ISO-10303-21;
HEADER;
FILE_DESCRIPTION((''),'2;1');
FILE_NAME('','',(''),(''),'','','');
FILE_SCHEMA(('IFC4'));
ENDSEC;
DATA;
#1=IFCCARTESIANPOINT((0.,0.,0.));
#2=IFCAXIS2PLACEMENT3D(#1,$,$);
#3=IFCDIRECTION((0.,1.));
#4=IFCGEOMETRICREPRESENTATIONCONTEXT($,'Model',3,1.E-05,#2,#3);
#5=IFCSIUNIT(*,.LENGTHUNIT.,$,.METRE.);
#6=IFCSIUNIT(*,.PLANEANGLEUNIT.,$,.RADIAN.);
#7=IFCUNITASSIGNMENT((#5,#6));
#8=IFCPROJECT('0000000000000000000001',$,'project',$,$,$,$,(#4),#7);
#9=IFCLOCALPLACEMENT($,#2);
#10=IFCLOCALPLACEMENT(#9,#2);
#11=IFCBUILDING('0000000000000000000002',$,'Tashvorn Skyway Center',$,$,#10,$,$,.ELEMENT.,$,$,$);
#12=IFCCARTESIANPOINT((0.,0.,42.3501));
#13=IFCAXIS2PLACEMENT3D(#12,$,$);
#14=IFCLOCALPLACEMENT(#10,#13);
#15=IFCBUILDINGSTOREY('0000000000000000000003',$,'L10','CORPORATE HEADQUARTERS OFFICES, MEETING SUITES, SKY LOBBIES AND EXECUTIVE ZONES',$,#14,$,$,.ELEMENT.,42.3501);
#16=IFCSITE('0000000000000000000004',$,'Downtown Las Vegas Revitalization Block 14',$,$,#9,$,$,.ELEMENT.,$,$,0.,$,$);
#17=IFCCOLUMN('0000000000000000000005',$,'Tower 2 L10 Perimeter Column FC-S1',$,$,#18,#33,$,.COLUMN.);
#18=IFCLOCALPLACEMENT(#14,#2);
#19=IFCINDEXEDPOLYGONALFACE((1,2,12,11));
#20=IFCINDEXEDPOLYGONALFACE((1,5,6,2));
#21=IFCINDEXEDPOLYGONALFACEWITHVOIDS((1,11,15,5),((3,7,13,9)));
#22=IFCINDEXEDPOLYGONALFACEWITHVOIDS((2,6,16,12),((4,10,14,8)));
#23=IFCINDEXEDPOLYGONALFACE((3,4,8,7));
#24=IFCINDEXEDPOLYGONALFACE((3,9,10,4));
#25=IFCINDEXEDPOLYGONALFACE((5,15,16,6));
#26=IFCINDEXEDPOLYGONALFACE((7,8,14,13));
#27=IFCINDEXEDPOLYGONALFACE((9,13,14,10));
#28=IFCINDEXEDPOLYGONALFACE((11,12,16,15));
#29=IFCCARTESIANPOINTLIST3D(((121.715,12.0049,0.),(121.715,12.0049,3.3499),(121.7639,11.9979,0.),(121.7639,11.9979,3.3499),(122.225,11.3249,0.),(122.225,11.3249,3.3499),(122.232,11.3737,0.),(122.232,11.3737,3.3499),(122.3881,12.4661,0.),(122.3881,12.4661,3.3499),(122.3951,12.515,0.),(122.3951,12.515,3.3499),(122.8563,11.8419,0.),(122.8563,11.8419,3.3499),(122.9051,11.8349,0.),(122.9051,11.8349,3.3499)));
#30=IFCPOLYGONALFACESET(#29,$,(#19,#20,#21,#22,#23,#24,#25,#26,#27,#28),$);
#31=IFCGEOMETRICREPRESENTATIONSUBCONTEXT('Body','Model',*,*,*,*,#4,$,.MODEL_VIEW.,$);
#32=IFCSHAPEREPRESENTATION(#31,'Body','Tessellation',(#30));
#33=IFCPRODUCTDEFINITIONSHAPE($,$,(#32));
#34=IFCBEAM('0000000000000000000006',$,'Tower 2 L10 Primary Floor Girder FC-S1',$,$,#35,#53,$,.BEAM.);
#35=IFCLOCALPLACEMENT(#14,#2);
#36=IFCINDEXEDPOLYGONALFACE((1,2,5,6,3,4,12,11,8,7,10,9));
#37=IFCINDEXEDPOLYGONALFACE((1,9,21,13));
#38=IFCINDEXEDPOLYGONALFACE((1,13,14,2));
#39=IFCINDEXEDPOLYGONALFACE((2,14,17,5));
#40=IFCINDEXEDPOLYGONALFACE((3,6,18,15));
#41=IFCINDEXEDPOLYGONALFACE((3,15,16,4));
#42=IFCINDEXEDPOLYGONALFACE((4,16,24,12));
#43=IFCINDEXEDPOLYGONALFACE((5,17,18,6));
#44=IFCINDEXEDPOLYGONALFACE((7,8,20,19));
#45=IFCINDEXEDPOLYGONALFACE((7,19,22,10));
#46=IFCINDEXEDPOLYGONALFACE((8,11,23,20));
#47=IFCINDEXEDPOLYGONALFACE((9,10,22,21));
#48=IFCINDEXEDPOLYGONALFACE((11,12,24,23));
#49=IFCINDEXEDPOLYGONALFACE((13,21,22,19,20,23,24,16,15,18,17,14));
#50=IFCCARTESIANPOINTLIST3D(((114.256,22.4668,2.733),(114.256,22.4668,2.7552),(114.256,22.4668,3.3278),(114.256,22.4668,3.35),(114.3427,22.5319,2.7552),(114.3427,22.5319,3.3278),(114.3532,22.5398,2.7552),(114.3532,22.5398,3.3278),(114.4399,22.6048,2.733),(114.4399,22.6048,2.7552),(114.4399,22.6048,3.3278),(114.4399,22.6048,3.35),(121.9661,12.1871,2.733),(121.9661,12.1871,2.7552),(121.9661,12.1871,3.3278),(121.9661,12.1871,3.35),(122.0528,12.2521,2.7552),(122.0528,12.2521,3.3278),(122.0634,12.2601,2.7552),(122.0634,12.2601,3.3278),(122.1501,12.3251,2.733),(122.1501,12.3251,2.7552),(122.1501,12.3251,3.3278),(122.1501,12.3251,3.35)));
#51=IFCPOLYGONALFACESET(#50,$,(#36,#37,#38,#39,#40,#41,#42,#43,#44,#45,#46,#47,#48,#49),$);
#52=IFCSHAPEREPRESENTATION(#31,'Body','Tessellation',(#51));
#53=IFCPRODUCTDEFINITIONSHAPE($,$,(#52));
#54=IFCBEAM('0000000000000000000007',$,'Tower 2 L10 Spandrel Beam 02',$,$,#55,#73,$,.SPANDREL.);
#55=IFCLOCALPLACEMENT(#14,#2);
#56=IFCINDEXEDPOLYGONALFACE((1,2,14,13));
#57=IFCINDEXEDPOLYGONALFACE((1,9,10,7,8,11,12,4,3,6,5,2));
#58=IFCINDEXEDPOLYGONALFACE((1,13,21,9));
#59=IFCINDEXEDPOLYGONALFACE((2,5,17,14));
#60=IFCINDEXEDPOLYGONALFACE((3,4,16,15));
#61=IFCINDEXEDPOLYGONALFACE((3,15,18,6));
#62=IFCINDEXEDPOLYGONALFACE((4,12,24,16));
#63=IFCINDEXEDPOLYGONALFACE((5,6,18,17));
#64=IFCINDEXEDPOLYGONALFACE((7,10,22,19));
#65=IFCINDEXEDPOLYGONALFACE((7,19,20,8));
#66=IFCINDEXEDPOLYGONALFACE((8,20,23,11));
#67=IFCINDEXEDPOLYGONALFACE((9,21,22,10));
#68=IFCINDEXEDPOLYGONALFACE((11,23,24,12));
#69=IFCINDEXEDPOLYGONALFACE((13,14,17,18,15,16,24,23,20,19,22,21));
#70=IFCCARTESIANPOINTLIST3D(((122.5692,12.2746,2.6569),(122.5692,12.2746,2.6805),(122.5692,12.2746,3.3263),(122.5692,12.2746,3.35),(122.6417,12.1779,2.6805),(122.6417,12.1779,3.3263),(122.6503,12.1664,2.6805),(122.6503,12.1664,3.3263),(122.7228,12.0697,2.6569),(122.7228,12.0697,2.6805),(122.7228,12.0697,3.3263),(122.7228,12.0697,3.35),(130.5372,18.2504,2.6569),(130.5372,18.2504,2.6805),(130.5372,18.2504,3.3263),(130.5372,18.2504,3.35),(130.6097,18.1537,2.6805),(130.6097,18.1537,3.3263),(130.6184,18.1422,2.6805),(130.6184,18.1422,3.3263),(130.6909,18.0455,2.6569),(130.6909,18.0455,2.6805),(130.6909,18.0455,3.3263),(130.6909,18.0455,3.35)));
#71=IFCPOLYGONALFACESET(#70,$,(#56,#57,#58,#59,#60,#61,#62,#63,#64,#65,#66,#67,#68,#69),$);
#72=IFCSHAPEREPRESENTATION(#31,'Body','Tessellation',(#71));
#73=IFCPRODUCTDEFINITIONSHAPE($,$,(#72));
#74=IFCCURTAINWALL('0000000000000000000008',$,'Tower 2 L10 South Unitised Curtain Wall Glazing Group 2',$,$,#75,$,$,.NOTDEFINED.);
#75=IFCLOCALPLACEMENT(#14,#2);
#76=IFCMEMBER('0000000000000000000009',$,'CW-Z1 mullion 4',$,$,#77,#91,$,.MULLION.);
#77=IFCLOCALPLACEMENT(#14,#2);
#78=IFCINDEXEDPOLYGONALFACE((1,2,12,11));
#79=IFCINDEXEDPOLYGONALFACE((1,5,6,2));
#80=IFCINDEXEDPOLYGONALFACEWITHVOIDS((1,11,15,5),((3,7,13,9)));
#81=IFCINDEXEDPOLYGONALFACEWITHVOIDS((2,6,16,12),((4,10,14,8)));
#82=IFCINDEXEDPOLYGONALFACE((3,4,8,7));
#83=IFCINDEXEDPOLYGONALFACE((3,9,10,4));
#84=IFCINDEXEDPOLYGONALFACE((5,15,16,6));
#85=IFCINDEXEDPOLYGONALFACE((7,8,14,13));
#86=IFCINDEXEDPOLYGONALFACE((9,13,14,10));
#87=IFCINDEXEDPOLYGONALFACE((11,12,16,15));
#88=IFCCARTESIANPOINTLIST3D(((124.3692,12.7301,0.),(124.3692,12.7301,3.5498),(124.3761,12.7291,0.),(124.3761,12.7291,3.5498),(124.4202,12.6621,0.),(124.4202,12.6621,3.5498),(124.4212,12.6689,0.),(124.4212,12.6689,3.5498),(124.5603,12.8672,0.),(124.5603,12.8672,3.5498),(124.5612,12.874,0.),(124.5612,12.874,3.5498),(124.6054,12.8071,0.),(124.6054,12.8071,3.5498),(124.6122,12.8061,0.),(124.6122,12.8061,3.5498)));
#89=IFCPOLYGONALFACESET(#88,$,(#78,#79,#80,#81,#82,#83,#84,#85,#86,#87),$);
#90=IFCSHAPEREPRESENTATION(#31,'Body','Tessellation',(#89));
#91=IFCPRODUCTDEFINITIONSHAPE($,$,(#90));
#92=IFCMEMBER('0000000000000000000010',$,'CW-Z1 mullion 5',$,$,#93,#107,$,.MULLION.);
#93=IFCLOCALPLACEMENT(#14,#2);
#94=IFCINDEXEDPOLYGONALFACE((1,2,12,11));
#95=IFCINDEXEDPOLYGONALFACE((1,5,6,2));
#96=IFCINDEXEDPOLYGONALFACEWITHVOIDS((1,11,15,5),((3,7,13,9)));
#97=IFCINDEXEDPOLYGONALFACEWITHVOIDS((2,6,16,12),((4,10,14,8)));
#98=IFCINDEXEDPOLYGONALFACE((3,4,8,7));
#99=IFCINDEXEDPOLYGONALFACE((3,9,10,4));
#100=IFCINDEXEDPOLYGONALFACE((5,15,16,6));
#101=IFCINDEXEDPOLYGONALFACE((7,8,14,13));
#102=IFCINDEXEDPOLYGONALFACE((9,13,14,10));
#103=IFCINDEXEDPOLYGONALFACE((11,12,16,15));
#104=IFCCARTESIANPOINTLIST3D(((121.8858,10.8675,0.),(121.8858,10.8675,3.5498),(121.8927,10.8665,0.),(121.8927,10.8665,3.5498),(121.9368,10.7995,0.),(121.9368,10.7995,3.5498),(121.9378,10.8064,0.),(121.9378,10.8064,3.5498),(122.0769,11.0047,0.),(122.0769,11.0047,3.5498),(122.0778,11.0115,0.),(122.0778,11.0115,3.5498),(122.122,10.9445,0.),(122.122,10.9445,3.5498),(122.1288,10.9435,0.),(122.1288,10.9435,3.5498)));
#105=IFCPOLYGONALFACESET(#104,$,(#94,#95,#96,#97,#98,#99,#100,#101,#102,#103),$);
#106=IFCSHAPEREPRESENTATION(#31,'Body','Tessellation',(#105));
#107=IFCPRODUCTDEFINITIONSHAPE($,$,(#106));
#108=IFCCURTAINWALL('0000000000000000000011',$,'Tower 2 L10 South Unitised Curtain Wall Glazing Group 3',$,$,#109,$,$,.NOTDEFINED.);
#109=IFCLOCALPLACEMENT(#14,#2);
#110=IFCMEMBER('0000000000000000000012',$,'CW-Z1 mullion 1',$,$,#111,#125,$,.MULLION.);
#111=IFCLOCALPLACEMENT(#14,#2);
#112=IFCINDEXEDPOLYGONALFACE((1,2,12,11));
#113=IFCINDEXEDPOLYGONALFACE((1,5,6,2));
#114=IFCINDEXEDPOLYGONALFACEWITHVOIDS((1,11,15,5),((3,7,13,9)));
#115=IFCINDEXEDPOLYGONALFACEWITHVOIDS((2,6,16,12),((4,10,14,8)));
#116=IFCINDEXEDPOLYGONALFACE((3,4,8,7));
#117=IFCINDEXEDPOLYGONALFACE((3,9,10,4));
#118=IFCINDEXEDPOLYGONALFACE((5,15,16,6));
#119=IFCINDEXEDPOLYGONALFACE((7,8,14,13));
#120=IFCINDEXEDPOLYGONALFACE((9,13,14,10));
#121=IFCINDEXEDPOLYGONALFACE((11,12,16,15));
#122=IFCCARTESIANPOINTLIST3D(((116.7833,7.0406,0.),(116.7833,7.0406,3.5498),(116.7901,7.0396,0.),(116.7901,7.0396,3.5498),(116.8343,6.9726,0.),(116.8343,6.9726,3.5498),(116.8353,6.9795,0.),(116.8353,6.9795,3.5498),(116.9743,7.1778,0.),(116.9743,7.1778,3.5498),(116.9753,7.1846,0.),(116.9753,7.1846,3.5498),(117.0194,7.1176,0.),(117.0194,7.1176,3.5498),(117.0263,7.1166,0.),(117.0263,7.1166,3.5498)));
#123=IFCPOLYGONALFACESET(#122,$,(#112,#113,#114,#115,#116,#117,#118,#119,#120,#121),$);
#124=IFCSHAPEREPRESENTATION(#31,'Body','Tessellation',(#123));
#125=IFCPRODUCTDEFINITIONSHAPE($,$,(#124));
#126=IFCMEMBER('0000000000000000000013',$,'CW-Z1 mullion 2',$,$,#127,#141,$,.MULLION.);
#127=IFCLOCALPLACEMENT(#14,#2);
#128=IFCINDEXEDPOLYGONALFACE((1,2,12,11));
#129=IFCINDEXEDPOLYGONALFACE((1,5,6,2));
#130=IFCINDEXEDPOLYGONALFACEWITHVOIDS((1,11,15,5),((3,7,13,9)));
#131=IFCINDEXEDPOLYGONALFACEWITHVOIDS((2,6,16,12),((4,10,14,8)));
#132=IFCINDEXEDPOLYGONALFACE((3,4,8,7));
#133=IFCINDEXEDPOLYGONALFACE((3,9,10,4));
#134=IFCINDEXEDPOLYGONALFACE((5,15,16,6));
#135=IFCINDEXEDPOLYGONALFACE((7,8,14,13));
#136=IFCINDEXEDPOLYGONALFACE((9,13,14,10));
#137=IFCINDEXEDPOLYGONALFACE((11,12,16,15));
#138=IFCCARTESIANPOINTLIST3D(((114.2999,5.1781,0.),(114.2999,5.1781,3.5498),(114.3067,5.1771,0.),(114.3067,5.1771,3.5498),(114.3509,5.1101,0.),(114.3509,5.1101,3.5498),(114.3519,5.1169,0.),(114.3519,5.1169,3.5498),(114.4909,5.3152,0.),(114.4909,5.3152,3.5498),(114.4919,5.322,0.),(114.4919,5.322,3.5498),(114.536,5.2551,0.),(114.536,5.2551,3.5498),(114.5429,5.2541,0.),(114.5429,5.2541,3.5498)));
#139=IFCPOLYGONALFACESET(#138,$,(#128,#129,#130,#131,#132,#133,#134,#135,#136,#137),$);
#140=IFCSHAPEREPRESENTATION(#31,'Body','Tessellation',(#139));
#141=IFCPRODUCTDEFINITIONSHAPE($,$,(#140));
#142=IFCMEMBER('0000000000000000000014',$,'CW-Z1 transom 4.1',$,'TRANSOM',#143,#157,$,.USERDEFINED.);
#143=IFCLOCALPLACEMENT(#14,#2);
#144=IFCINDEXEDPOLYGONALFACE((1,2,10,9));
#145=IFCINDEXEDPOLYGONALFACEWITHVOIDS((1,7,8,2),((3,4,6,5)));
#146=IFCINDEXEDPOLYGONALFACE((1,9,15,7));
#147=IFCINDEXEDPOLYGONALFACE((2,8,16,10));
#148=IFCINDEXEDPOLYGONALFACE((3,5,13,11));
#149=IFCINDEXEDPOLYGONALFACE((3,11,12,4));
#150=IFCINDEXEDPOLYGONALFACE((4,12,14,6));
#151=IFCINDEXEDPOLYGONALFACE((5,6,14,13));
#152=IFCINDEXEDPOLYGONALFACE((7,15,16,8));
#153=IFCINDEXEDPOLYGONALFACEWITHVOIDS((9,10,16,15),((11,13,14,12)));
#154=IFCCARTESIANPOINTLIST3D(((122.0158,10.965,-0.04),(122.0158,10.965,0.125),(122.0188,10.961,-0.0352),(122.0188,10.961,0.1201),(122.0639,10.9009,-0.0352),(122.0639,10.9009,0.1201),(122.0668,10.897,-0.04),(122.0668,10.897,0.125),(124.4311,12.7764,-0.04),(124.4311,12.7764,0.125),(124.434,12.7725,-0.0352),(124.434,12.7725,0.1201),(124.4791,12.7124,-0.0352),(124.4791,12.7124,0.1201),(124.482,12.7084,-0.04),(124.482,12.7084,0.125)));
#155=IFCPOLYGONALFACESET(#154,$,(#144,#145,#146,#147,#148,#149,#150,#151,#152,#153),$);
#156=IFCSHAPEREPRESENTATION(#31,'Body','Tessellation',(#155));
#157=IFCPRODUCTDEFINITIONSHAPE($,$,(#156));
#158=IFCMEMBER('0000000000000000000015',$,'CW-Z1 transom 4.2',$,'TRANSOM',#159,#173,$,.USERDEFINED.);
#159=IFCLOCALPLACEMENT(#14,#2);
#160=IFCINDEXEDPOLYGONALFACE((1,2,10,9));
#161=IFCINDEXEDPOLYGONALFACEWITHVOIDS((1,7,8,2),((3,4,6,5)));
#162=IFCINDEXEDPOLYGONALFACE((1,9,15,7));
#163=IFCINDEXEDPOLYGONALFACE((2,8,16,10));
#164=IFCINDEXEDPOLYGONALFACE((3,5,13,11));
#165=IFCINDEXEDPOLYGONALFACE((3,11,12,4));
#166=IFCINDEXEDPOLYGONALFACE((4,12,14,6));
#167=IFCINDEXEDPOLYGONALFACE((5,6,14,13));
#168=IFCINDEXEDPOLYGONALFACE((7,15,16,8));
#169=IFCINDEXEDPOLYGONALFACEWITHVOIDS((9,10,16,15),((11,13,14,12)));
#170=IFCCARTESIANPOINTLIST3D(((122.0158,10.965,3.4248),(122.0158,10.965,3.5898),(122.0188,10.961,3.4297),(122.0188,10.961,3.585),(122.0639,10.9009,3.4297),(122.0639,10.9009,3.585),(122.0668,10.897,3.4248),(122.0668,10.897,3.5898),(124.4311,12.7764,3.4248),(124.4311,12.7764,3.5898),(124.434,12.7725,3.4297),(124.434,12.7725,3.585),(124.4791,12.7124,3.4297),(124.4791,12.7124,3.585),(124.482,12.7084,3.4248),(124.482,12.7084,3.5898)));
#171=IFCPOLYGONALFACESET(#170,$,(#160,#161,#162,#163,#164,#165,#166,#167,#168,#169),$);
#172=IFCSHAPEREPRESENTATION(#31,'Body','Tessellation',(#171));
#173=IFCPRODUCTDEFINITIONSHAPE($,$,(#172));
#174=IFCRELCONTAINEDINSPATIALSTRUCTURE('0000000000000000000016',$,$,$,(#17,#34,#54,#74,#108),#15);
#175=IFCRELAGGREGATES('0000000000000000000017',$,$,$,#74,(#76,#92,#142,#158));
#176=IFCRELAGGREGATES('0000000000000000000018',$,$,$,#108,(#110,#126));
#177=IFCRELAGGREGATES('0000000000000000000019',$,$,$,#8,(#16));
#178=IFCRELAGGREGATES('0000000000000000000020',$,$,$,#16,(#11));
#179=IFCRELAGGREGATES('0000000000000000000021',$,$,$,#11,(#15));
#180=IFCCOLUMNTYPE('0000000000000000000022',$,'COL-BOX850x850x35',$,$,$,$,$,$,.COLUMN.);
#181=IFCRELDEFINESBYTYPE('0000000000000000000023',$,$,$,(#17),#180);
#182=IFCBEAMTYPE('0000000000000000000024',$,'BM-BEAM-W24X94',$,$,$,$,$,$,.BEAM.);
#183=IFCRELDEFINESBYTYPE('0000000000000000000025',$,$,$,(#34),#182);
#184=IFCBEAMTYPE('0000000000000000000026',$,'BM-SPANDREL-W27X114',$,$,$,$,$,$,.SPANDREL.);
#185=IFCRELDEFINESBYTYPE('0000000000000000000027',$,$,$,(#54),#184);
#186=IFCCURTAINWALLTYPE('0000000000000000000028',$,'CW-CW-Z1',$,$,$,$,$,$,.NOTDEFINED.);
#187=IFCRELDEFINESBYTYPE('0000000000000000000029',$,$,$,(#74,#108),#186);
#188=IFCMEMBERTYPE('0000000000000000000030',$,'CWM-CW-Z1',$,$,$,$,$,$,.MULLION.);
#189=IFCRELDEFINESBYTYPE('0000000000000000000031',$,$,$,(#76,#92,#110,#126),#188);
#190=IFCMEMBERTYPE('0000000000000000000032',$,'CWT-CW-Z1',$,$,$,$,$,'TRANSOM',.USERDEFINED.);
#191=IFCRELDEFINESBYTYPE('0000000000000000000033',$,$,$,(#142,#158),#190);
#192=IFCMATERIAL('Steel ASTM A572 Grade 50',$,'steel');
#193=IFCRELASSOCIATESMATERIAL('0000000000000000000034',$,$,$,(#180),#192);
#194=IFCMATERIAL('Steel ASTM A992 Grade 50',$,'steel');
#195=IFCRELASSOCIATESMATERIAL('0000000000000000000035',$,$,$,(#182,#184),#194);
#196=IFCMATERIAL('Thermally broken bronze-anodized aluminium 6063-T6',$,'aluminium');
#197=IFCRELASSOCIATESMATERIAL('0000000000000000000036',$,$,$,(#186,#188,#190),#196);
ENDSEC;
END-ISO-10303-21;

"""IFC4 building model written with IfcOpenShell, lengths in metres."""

from ifc_helpers import new_model, si_unit, direction, frame, origin, origin_2d, place, context, subcontext, project, spatial, hollow_rectangle, i_section, extrude, material, material_profile, profile_set, type_object, element, aggregate, save


model = new_model("IFC4")

# Units and contexts
model_context = context("Model", 3, precision=1e-05, world=origin(), true_north=direction((0.0, 1.0)))
body_context = subcontext(model_context, "Body", "Model", "MODEL_VIEW")
ifc_project = project(units=[si_unit("LENGTHUNIT", "METRE"), si_unit("PLANEANGLEUNIT", "RADIAN")], contexts=[model_context])

# Site, building, storey
site_placement = place(None, origin())
site = spatial("IfcSite", under=ifc_project, at=site_placement, Name="Downtown Las Vegas Revitalization Block 14", CompositionType="ELEMENT", RefElevation=0.0)
building_placement = place(site_placement, origin())
building = spatial("IfcBuilding", under=site, at=building_placement, Name="Tashvorn Skyway Center", CompositionType="ELEMENT")
storey_placement = place(building_placement, frame((0.0, 0.0, 42.3501)))
storey = spatial("IfcBuildingStorey", under=building, at=storey_placement, Name="L10", Description="CORPORATE HEADQUARTERS OFFICES, MEETING SUITES, SKY LOBBIES AND EXECUTIVE ZONES", CompositionType="ELEMENT", Elevation=42.3501)

# Column
ifc_material_1 = material(Name="Steel ASTM A572 Grade 50", Category="steel")
ifc_material_profile_1 = material_profile(ifc_material_1, hollow_rectangle(XDim=0.8501, YDim=0.8501, WallThickness=0.0349, at=origin_2d()), Name="BOX850x850x35")
ifc_profile_set_1 = profile_set([ifc_material_profile_1], Name="Steel ASTM A572 Grade 50")
column_type = type_object("IfcColumnType", Name="COL-BOX850x850x35", PredefinedType="COLUMN", material=ifc_profile_set_1)
column_placement = place(storey_placement, frame((122.3101, 11.9199, 0.0), z_axis=(0.0, 0.0, 1.0), x_axis=(0.8, 0.6, 0.0)))
element("IfcColumn", 1, at=column_placement, inside=storey, type_object=column_type, Name="Tower 2 L10 Perimeter Column FC-S1", PredefinedType="COLUMN", context=body_context, shape_type="SweptSolid", body=[
    extrude(hollow_rectangle(XDim=0.8501, YDim=0.8501, WallThickness=0.0349, at=origin_2d()), origin(), (0.0, 0.0, 1.0), 3.3499),
])

# Beams
ifc_material_2 = material(Name="Steel ASTM A992 Grade 50", Category="steel")
ifc_material_profile_2 = material_profile(ifc_material_2, i_section(OverallWidth=0.23, OverallDepth=0.6169, WebThickness=0.0132, FlangeThickness=0.0222, at=origin_2d()), Name="W24X94")
ifc_profile_set_2 = profile_set([ifc_material_profile_2], Name="Steel ASTM A992 Grade 50")
beam_type_1 = type_object("IfcBeamType", Name="BM-BEAM-W24X94", PredefinedType="BEAM", material=ifc_profile_set_2)
beam_1_placement = place(storey_placement, frame((122.0581, 12.2561, 3.0415), z_axis=(-0.600018, 0.799986, 0.0), x_axis=(-0.799986, -0.600018, 0.0)))
element("IfcBeam", 2, at=beam_1_placement, inside=storey, type_object=beam_type_1, Name="Tower 2 L10 Primary Floor Girder FC-S1", PredefinedType="BEAM", context=body_context, shape_type="SweptSolid", body=[
    extrude(i_section(OverallWidth=0.23, OverallDepth=0.6169, WebThickness=0.0132, FlangeThickness=0.0222, at=origin_2d()), origin(), (0.0, 0.0, 1.0), 12.8499),
])
ifc_material_profile_3 = material_profile(ifc_material_2, i_section(OverallWidth=0.2561, OverallDepth=0.6931, WebThickness=0.0144, FlangeThickness=0.0237, at=origin_2d()), Name="W27X114")
ifc_profile_set_3 = profile_set([ifc_material_profile_3], Name="Steel ASTM A992 Grade 50")
beam_type_2 = type_object("IfcBeamType", Name="BM-SPANDREL-W27X114", PredefinedType="SPANDREL", material=ifc_profile_set_3)
beam_2_placement = place(storey_placement, frame((122.646, 12.1721, 3.0034), z_axis=(0.800009, 0.599988, 0.0), x_axis=(-0.599988, 0.800009, 0.0)))
element("IfcBeam", 3, at=beam_2_placement, inside=storey, type_object=beam_type_2, Name="Tower 2 L10 Spandrel Beam 02", PredefinedType="SPANDREL", context=body_context, shape_type="SweptSolid", body=[
    extrude(i_section(OverallWidth=0.2561, OverallDepth=0.6931, WebThickness=0.0144, FlangeThickness=0.0237, at=origin_2d()), origin(), (0.0, 0.0, 1.0), 9.96),
])

# Curtain walls, members
ifc_material_3 = material(Name="Thermally broken bronze-anodized aluminium 6063-T6", Category="aluminium")
curtain_wall_type = type_object("IfcCurtainWallType", Name="CW-CW-Z1", PredefinedType="NOTDEFINED", material=ifc_material_3)
curtain_wall_1_placement = place(storey_placement, origin())
curtain_wall_1 = element("IfcCurtainWall", 4, at=curtain_wall_1_placement, inside=storey, type_object=curtain_wall_type, Name="Tower 2 L10 South Unitised Curtain Wall Glazing Group 2", PredefinedType="NOTDEFINED")
ifc_material_profile_4 = material_profile(ifc_material_3, hollow_rectangle(XDim=0.085, YDim=0.24, WallThickness=0.0049, at=origin_2d()), Name="ALU-MULL-85x240")
ifc_profile_set_4 = profile_set([ifc_material_profile_4], Name="Thermally broken bronze-anodized aluminium 6063-T6")
member_type_1 = type_object("IfcMemberType", Name="CWM-CW-Z1", PredefinedType="MULLION", material=ifc_profile_set_4)
member_1_placement = place(storey_placement, frame((124.4907, 12.7681, 0.0), z_axis=(0.0, 0.0, 1.0), x_axis=(0.599997, -0.800002, 0.0)))
member_1 = element("IfcMember", 5, at=member_1_placement, type_object=member_type_1, Name="CW-Z1 mullion 4", PredefinedType="MULLION", context=body_context, shape_type="SweptSolid", body=[
    extrude(hollow_rectangle(XDim=0.085, YDim=0.24, WallThickness=0.0049, at=origin_2d()), origin(), (0.0, 0.0, 1.0), 3.5498),
])
member_2_placement = place(storey_placement, frame((122.0073, 10.9055, 0.0), z_axis=(0.0, 0.0, 1.0), x_axis=(0.599997, -0.800002, 0.0)))
member_2 = element("IfcMember", 6, at=member_2_placement, type_object=member_type_1, Name="CW-Z1 mullion 5", PredefinedType="MULLION", context=body_context, shape_type="SweptSolid", body=[
    extrude(hollow_rectangle(XDim=0.085, YDim=0.24, WallThickness=0.0049, at=origin_2d()), origin(), (0.0, 0.0, 1.0), 3.5498),
])
curtain_wall_2_placement = place(storey_placement, origin())
curtain_wall_2 = element("IfcCurtainWall", 7, at=curtain_wall_2_placement, inside=storey, type_object=curtain_wall_type, Name="Tower 2 L10 South Unitised Curtain Wall Glazing Group 3", PredefinedType="NOTDEFINED")
member_3_placement = place(storey_placement, frame((116.9048, 7.0786, 0.0), z_axis=(0.0, 0.0, 1.0), x_axis=(0.599997, -0.800002, 0.0)))
member_3 = element("IfcMember", 8, at=member_3_placement, type_object=member_type_1, Name="CW-Z1 mullion 1", PredefinedType="MULLION", context=body_context, shape_type="SweptSolid", body=[
    extrude(hollow_rectangle(XDim=0.085, YDim=0.24, WallThickness=0.0049, at=origin_2d()), origin(), (0.0, 0.0, 1.0), 3.5498),
])
member_4_placement = place(storey_placement, frame((114.4214, 5.2161, 0.0), z_axis=(0.0, 0.0, 1.0), x_axis=(0.599997, -0.800002, 0.0)))
member_4 = element("IfcMember", 9, at=member_4_placement, type_object=member_type_1, Name="CW-Z1 mullion 2", PredefinedType="MULLION", context=body_context, shape_type="SweptSolid", body=[
    extrude(hollow_rectangle(XDim=0.085, YDim=0.24, WallThickness=0.0049, at=origin_2d()), origin(), (0.0, 0.0, 1.0), 3.5498),
])

# Members
ifc_material_profile_5 = material_profile(ifc_material_3, hollow_rectangle(XDim=0.085, YDim=0.165, WallThickness=0.0049, at=origin_2d()), Name="ALU-TRAN-85x165")
ifc_profile_set_5 = profile_set([ifc_material_profile_5], Name="Thermally broken bronze-anodized aluminium 6063-T6")
member_type_2 = type_object("IfcMemberType", Name="CWT-CW-Z1", ElementType="TRANSOM", PredefinedType="USERDEFINED", material=ifc_profile_set_5)
member_5_placement = place(storey_placement, frame((124.4565, 12.7424, 0.0425), z_axis=(-0.79999, -0.600013, 0.0), x_axis=(0.600013, -0.79999, 0.0)))
member_5 = element("IfcMember", 10, at=member_5_placement, type_object=member_type_2, Name="CW-Z1 transom 4.1", ObjectType="TRANSOM", PredefinedType="USERDEFINED", context=body_context, shape_type="SweptSolid", body=[
    extrude(hollow_rectangle(XDim=0.085, YDim=0.165, WallThickness=0.0049, at=origin_2d()), origin(), (0.0, 0.0, 1.0), 3.019),
])
member_6_placement = place(storey_placement, frame((124.4565, 12.7424, 3.5073), z_axis=(-0.79999, -0.600013, 0.0), x_axis=(0.600013, -0.79999, 0.0)))
member_6 = element("IfcMember", 11, at=member_6_placement, type_object=member_type_2, Name="CW-Z1 transom 4.2", ObjectType="TRANSOM", PredefinedType="USERDEFINED", context=body_context, shape_type="SweptSolid", body=[
    extrude(hollow_rectangle(XDim=0.085, YDim=0.165, WallThickness=0.0049, at=origin_2d()), origin(), (0.0, 0.0, 1.0), 3.019),
])

aggregate(curtain_wall_1, [member_1, member_2, member_5, member_6])
aggregate(curtain_wall_2, [member_3, member_4])

save(model, "model.ifc")
